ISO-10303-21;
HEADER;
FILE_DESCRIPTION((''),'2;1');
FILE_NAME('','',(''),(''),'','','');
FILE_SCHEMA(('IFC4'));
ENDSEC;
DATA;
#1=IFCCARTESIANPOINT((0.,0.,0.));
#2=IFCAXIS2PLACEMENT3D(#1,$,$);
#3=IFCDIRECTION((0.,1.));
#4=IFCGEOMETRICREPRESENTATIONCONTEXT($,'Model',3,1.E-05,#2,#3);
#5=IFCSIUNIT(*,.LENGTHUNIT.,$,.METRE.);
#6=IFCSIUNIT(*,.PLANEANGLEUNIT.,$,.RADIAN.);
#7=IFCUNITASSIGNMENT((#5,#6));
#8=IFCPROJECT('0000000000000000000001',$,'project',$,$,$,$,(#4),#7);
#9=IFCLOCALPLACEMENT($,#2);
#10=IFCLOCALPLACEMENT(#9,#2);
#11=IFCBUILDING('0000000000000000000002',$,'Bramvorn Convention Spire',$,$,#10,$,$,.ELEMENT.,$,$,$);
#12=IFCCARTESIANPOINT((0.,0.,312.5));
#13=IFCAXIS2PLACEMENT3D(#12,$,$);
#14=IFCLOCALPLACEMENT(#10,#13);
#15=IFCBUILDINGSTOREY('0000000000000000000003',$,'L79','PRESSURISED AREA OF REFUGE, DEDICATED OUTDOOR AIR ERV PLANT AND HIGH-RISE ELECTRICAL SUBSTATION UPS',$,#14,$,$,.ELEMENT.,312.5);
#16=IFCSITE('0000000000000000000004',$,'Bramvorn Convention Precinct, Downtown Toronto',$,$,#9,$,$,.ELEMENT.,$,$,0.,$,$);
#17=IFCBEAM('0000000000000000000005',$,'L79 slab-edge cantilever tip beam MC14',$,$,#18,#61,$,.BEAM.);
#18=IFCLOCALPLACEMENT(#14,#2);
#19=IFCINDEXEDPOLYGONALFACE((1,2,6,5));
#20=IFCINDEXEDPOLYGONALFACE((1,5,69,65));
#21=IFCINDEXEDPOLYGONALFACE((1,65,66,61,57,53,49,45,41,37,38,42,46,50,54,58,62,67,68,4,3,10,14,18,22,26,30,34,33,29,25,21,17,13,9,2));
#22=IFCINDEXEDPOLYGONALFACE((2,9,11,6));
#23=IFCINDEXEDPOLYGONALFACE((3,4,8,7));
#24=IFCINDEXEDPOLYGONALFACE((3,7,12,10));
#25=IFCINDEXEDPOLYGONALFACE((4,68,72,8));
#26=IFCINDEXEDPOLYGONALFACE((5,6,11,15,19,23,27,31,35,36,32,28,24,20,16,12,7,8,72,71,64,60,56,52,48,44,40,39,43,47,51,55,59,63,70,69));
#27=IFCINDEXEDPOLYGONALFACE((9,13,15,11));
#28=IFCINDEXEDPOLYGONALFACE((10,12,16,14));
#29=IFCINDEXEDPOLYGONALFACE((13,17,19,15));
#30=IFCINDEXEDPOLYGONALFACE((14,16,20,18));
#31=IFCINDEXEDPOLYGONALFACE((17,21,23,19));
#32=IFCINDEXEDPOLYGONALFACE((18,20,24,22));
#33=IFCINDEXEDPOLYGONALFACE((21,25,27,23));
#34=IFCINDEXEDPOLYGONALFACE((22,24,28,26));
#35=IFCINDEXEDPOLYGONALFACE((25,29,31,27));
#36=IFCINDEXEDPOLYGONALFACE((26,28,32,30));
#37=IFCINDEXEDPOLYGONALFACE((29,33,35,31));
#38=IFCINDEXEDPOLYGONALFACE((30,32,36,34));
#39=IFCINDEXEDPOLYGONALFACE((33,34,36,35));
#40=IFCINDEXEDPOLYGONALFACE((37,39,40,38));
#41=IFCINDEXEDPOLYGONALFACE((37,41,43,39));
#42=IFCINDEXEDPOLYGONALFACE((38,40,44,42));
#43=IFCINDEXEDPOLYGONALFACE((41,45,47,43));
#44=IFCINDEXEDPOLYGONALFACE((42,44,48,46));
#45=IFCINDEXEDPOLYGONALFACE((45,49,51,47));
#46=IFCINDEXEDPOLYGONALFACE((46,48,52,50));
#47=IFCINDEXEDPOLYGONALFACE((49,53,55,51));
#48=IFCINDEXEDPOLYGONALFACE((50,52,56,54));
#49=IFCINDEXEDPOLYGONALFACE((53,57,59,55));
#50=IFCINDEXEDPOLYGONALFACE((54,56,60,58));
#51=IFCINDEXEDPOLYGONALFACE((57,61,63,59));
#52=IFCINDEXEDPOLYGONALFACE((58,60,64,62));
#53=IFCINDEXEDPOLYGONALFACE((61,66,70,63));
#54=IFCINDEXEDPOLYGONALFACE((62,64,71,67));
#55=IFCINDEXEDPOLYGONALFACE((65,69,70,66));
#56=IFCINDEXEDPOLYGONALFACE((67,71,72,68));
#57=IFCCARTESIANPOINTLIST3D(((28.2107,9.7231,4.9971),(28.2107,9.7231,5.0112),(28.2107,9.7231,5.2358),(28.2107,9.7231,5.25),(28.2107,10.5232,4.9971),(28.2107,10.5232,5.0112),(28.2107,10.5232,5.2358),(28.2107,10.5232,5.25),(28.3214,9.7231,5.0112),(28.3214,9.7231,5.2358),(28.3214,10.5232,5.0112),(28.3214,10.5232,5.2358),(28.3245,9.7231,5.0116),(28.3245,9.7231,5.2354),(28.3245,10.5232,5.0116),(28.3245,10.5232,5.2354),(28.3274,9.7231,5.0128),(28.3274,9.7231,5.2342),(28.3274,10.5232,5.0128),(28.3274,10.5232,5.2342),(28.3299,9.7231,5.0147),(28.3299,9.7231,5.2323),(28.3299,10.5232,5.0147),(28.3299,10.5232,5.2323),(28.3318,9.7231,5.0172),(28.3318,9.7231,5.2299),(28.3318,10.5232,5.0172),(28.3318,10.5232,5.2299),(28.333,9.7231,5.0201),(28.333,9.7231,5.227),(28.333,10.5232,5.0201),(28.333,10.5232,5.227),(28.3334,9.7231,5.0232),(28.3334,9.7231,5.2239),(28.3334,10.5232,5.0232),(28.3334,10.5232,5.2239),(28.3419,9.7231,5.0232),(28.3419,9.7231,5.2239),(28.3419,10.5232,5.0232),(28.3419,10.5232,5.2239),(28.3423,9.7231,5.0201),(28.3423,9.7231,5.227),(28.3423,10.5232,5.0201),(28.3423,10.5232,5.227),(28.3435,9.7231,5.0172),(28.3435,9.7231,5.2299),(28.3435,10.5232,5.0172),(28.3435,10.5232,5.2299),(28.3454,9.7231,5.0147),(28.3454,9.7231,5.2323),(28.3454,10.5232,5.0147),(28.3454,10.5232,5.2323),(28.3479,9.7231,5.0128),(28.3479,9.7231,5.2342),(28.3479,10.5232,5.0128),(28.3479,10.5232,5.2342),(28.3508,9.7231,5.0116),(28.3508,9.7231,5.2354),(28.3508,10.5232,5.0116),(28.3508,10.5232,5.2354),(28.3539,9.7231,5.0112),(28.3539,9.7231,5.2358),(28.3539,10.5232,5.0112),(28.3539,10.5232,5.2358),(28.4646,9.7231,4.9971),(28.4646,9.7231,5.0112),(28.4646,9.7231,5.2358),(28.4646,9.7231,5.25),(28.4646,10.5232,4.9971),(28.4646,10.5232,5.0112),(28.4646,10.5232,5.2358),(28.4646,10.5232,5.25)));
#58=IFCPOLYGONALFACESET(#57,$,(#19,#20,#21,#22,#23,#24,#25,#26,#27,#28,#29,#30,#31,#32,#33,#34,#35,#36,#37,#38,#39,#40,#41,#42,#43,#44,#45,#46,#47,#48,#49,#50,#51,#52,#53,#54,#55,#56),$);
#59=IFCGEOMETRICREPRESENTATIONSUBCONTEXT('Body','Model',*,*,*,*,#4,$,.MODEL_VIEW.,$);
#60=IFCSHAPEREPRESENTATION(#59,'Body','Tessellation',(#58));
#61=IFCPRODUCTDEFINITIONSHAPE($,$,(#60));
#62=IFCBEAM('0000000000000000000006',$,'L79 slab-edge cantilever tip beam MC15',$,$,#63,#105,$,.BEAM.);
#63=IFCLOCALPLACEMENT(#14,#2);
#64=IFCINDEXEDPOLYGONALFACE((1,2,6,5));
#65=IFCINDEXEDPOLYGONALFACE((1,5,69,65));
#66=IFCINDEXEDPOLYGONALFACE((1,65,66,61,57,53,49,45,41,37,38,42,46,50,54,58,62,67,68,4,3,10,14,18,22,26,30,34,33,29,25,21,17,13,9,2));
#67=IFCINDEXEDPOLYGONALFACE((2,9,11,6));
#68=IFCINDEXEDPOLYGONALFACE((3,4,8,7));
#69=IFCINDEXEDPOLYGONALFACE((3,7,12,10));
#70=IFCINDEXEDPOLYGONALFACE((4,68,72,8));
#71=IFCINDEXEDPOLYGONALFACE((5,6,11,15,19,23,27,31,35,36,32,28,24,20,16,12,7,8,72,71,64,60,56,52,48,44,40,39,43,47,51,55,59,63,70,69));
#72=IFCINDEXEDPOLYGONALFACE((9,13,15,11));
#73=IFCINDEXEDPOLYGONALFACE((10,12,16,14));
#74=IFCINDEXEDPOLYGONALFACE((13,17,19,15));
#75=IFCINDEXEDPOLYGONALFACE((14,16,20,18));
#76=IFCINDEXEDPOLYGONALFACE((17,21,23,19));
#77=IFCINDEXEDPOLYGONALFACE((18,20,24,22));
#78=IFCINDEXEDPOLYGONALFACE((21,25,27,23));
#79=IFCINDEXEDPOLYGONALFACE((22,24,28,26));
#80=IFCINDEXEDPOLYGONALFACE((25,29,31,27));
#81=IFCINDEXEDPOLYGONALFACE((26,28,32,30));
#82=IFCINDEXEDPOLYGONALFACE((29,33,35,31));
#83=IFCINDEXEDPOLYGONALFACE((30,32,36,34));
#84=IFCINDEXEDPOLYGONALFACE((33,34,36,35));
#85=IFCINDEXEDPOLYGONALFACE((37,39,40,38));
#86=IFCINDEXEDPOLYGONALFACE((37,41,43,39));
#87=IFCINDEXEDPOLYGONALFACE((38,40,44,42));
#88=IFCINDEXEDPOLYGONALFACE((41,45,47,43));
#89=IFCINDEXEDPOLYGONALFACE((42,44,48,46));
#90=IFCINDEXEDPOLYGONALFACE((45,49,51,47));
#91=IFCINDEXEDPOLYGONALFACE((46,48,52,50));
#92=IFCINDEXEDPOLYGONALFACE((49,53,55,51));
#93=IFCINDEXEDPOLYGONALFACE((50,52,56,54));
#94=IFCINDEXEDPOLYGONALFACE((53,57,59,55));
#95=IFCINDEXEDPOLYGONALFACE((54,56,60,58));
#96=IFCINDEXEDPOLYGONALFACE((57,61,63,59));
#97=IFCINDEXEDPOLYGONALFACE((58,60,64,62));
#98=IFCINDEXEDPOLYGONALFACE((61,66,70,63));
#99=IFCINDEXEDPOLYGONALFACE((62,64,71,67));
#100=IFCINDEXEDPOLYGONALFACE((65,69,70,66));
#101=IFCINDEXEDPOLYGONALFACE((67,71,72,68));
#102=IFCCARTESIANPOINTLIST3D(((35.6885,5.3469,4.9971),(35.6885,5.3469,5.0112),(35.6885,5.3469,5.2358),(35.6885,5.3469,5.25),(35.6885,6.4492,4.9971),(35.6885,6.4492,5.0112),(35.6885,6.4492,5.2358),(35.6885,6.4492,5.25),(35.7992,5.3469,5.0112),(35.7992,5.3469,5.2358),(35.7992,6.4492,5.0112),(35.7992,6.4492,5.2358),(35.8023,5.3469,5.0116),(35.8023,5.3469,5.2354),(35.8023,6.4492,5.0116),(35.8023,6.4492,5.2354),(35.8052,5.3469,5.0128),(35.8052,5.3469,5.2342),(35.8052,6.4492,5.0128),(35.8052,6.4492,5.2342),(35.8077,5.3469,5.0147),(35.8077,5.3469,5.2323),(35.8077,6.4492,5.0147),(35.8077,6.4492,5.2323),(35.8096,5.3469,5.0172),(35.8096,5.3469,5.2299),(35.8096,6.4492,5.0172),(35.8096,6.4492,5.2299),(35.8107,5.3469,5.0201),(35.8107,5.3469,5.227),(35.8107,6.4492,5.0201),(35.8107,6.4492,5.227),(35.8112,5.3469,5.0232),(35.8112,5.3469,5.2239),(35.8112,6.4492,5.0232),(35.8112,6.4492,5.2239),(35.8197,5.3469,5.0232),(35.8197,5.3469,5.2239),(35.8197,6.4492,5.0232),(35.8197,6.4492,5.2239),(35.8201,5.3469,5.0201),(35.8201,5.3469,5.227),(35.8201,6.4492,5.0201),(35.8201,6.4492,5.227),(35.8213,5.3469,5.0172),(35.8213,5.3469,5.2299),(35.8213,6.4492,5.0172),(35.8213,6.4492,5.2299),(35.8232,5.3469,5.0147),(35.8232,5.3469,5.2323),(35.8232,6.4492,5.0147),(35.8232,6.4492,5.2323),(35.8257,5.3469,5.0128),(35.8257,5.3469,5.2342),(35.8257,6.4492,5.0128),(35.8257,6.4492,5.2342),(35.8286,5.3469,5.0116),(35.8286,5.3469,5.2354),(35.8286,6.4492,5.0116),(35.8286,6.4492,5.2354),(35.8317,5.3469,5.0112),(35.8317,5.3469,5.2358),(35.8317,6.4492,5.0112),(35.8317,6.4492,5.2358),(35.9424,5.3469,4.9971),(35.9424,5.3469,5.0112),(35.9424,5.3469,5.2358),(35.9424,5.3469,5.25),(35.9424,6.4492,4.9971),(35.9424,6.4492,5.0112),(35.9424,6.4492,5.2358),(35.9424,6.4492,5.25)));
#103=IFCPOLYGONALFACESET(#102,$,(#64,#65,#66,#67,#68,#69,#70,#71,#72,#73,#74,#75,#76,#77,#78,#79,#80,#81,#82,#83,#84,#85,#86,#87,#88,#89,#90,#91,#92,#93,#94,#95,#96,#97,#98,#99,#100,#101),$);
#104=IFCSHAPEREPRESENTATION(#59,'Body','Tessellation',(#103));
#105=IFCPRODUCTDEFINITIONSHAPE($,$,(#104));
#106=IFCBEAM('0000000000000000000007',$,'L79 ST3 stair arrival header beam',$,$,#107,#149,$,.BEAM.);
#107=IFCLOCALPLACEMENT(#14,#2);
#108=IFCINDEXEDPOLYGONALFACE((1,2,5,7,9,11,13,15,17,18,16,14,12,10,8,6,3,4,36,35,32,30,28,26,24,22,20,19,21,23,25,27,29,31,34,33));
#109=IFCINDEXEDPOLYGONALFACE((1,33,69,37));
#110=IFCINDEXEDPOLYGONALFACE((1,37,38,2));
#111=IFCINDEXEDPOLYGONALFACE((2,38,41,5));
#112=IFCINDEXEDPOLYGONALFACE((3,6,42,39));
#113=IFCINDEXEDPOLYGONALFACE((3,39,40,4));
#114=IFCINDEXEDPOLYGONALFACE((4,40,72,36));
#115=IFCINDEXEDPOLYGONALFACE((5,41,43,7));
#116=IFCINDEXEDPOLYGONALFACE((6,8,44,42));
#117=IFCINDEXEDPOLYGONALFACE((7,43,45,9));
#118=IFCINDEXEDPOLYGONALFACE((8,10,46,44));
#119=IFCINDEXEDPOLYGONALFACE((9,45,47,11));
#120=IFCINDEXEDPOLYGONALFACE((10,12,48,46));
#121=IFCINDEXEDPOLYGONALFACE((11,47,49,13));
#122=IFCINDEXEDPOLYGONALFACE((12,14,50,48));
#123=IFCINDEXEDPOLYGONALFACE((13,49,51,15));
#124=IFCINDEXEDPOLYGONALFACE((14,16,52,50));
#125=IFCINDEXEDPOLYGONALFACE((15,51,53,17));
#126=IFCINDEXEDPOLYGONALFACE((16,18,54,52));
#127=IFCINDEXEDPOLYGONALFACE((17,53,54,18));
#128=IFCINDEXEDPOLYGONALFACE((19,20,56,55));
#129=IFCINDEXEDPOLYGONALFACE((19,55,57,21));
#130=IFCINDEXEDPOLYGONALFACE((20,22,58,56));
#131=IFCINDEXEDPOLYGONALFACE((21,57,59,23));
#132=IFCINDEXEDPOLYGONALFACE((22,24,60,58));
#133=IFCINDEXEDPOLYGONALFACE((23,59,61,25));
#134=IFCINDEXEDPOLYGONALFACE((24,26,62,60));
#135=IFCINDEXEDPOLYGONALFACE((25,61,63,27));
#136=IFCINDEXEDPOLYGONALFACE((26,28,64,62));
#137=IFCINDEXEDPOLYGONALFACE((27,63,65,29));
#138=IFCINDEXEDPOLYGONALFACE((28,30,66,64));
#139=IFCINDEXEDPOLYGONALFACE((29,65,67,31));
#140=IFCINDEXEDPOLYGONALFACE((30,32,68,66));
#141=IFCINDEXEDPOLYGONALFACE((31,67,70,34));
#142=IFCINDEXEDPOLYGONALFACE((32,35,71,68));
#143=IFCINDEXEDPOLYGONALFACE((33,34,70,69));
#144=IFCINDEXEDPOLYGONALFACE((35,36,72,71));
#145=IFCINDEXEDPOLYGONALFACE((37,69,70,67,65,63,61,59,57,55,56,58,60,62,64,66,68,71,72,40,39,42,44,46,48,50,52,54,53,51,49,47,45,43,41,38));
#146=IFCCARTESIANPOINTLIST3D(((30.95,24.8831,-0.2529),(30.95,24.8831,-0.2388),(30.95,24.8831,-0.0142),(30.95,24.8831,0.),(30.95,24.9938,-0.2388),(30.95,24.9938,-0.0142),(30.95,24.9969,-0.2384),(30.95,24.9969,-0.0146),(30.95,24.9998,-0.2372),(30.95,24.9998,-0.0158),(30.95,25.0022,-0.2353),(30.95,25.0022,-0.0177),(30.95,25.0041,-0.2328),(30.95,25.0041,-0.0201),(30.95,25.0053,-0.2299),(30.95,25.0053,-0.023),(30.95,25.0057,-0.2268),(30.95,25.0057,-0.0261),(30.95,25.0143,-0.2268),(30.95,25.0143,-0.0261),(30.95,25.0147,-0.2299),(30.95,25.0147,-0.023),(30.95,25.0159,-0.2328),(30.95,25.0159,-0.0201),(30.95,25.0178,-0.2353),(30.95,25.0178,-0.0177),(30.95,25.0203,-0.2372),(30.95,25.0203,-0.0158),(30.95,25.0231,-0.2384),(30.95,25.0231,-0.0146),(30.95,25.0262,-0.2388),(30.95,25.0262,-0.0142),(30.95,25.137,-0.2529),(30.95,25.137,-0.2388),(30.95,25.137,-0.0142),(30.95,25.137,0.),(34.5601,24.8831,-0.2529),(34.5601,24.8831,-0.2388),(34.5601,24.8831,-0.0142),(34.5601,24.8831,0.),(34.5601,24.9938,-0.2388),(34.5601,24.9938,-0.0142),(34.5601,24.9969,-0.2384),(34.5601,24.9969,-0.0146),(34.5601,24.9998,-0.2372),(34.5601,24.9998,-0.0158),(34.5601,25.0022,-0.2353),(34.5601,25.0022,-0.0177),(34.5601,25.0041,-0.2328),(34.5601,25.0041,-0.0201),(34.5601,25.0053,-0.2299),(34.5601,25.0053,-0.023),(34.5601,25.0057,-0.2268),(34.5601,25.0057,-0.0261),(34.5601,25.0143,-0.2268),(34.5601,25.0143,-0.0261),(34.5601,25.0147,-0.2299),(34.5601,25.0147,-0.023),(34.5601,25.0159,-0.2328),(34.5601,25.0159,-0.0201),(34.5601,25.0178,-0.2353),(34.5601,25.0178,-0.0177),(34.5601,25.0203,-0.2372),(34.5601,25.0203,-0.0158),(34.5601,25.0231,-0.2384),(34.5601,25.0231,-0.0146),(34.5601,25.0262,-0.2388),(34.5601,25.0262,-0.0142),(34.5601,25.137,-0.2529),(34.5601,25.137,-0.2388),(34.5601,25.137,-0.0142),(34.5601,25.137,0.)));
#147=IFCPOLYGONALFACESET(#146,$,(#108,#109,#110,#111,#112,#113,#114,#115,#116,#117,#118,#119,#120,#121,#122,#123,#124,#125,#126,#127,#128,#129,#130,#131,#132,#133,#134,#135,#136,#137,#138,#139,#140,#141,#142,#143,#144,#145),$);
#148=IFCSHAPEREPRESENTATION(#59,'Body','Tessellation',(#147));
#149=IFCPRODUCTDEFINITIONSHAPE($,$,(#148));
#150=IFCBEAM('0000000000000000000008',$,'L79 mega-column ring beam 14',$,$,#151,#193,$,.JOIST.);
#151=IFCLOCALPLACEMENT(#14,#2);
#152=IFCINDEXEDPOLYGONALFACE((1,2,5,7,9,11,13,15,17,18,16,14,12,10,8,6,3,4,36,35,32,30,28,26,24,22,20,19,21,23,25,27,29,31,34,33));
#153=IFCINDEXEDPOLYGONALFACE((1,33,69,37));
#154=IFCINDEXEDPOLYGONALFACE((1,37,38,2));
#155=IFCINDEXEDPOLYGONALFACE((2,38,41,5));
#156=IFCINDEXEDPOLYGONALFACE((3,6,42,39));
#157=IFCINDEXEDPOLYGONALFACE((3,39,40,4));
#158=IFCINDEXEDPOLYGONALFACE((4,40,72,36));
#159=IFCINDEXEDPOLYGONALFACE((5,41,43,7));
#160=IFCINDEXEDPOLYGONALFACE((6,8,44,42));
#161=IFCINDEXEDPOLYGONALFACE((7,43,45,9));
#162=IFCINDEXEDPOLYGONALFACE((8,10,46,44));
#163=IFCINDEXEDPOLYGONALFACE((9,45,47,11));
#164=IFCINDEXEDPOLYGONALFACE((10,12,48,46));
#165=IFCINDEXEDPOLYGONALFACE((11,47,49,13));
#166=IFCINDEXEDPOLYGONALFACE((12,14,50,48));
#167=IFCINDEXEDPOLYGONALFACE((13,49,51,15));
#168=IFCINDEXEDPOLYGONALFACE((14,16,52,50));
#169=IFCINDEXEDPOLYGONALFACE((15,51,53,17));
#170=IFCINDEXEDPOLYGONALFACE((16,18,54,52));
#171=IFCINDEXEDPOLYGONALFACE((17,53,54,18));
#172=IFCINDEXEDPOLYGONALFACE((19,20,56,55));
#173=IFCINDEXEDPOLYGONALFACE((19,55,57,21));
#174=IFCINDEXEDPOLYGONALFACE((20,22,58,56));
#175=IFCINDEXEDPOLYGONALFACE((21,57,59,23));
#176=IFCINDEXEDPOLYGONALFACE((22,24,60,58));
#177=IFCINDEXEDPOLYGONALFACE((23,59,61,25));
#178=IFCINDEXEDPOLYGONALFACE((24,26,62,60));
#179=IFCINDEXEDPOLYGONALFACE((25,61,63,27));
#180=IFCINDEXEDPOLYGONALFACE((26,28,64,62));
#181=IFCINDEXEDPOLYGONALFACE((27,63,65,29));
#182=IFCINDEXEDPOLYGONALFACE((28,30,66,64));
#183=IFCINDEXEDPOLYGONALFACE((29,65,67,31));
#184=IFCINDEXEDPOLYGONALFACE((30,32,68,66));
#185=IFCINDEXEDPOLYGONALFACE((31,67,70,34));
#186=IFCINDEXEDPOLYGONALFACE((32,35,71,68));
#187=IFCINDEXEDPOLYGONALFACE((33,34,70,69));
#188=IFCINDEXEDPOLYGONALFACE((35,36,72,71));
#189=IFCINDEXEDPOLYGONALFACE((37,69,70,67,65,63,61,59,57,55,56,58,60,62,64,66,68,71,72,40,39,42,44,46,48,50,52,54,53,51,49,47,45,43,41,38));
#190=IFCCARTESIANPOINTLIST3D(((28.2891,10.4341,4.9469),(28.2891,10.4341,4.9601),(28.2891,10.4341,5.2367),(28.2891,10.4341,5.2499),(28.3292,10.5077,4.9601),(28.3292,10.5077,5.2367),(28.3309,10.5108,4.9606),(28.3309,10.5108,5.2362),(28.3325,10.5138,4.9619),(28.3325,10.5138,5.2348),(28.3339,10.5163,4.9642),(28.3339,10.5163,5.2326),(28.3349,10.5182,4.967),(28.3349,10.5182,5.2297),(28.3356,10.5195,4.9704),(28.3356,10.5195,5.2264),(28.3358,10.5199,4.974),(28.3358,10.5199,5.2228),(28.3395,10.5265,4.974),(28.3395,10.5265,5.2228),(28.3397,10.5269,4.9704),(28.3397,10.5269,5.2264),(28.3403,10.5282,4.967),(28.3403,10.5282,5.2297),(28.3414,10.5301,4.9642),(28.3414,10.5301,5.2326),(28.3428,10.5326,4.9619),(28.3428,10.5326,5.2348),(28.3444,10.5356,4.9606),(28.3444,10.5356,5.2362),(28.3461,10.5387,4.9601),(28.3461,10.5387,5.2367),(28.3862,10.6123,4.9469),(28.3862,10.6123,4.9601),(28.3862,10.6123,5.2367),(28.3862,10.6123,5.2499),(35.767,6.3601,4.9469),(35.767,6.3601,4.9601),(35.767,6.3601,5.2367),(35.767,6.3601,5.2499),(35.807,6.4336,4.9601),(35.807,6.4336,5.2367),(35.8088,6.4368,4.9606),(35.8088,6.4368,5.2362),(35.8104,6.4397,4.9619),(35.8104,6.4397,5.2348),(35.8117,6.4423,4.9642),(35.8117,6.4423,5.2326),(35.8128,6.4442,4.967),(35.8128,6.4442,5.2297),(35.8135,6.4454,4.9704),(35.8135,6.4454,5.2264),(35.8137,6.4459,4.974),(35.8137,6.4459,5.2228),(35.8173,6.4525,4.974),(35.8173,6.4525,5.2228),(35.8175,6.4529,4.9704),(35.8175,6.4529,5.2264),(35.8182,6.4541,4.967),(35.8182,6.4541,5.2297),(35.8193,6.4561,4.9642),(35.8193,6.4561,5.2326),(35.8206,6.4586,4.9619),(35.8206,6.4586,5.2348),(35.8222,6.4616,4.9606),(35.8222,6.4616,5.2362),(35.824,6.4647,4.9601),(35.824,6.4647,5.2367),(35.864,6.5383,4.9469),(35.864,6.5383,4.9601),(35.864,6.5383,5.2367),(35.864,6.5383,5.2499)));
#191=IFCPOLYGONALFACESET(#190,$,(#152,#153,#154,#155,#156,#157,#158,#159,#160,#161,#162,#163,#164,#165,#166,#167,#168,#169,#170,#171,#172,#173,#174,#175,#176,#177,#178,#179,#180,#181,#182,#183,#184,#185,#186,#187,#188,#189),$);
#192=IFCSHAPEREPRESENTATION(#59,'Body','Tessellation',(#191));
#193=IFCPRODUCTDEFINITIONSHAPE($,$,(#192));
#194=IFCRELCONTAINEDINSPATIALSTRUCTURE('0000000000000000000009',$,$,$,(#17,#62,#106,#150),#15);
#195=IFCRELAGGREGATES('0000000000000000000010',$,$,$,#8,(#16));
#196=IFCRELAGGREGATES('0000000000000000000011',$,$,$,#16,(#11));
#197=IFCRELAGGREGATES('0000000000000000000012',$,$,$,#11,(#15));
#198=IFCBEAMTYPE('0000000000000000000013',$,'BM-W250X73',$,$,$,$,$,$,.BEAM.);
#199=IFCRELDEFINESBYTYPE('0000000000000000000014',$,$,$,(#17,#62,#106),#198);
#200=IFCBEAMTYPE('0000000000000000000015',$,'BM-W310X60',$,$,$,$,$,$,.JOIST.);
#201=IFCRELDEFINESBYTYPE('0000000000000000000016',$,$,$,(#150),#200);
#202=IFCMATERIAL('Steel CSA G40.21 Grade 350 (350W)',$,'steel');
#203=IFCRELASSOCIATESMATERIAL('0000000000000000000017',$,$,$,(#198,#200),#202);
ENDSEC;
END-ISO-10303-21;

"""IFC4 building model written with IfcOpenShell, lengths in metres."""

from ifc_helpers import new_model, si_unit, direction, frame, origin, origin_2d, place, context, subcontext, project, spatial, i_section, extrude, material, material_profile, profile_set, type_object, element, save


model = new_model("IFC4")

# Units and contexts
model_context = context("Model", 3, precision=1e-05, world=origin(), true_north=direction((0.0, 1.0)))
body_context = subcontext(model_context, "Body", "Model", "MODEL_VIEW")
ifc_project = project(units=[si_unit("LENGTHUNIT", "METRE"), si_unit("PLANEANGLEUNIT", "RADIAN")], contexts=[model_context])

# Site, building, storey
site_placement = place(None, origin())
site = spatial("IfcSite", under=ifc_project, at=site_placement, Name="Bramvorn Convention Precinct, Downtown Toronto", CompositionType="ELEMENT", RefElevation=0.0)
building_placement = place(site_placement, origin())
building = spatial("IfcBuilding", under=site, at=building_placement, Name="Bramvorn Convention Spire", CompositionType="ELEMENT")
storey_placement = place(building_placement, frame((0.0, 0.0, 312.5)))
storey = spatial("IfcBuildingStorey", under=building, at=storey_placement, Name="L79", Description="PRESSURISED AREA OF REFUGE, DEDICATED OUTDOOR AIR ERV PLANT AND HIGH-RISE ELECTRICAL SUBSTATION UPS", CompositionType="ELEMENT", Elevation=312.5)

# Shared definitions
ifc_material_1 = material(Name="Steel CSA G40.21 Grade 350 (350W)", Category="steel")

# Beams
ifc_material_profile_1 = material_profile(ifc_material_1, i_section(OverallWidth=0.2539, OverallDepth=0.2529, WebThickness=0.0085, FlangeThickness=0.0142, FilletRadius=0.012, at=origin_2d()))
ifc_profile_set_1 = profile_set([ifc_material_profile_1], Name="Steel CSA G40.21 Grade 350 (350W) - W250X73")
beam_type_1 = type_object("IfcBeamType", Name="BM-W250X73", PredefinedType="BEAM", material=ifc_profile_set_1)
beam_1_placement = place(storey_placement, frame((28.3376, 10.5232, 5.1235), z_axis=(0.0, -1.0, 0.0), x_axis=(1.0, 0.0, 0.0)))
element("IfcBeam", 1, at=beam_1_placement, inside=storey, type_object=beam_type_1, Name="L79 slab-edge cantilever tip beam MC14", PredefinedType="BEAM", context=body_context, shape_type="SweptSolid", body=[
    extrude(i_section(OverallWidth=0.2539, OverallDepth=0.2529, WebThickness=0.0085, FlangeThickness=0.0142, FilletRadius=0.012, at=origin_2d()), origin(), (0.0, 0.0, 1.0), 0.8),
])
beam_2_placement = place(storey_placement, frame((35.8154, 6.4492, 5.1235), z_axis=(0.0, -1.0, 0.0), x_axis=(1.0, 0.0, 0.0)))
element("IfcBeam", 2, at=beam_2_placement, inside=storey, type_object=beam_type_1, Name="L79 slab-edge cantilever tip beam MC15", PredefinedType="BEAM", context=body_context, shape_type="SweptSolid", body=[
    extrude(i_section(OverallWidth=0.2539, OverallDepth=0.2529, WebThickness=0.0085, FlangeThickness=0.0142, FilletRadius=0.012, at=origin_2d()), origin(), (0.0, 0.0, 1.0), 1.1023),
])
beam_3_placement = place(storey_placement, frame((30.95, 25.01, -0.1265), z_axis=(1.0, 0.0, 0.0), x_axis=(0.0, 1.0, 0.0)))
element("IfcBeam", 3, at=beam_3_placement, inside=storey, type_object=beam_type_1, Name="L79 ST3 stair arrival header beam", PredefinedType="BEAM", context=body_context, shape_type="SweptSolid", body=[
    extrude(i_section(OverallWidth=0.2539, OverallDepth=0.2529, WebThickness=0.0085, FlangeThickness=0.0142, FilletRadius=0.012, at=origin_2d()), origin(), (0.0, 0.0, 1.0), 3.6101),
])
ifc_material_profile_2 = material_profile(ifc_material_1, i_section(OverallWidth=0.2029, OverallDepth=0.303, WebThickness=0.0076, FlangeThickness=0.0132, FilletRadius=0.0139, at=origin_2d()))
ifc_profile_set_2 = profile_set([ifc_material_profile_2], Name="Steel CSA G40.21 Grade 350 (350W) - W310X60")
beam_type_2 = type_object("IfcBeamType", Name="BM-W310X60", PredefinedType="JOIST", material=ifc_profile_set_2)
beam_4_placement = place(storey_placement, frame((28.3376, 10.5232, 5.0984), z_axis=(0.878133, -0.478416, 0.0), x_axis=(0.478416, 0.878133, 0.0)))
element("IfcBeam", 4, at=beam_4_placement, inside=storey, type_object=beam_type_2, Name="L79 mega-column ring beam 14", PredefinedType="JOIST", context=body_context, shape_type="SweptSolid", body=[
    extrude(i_section(OverallWidth=0.2029, OverallDepth=0.303, WebThickness=0.0076, FlangeThickness=0.0132, FilletRadius=0.0139, at=origin_2d()), origin(), (0.0, 0.0, 1.0), 8.5156),
])

save(model, "model.ifc")
